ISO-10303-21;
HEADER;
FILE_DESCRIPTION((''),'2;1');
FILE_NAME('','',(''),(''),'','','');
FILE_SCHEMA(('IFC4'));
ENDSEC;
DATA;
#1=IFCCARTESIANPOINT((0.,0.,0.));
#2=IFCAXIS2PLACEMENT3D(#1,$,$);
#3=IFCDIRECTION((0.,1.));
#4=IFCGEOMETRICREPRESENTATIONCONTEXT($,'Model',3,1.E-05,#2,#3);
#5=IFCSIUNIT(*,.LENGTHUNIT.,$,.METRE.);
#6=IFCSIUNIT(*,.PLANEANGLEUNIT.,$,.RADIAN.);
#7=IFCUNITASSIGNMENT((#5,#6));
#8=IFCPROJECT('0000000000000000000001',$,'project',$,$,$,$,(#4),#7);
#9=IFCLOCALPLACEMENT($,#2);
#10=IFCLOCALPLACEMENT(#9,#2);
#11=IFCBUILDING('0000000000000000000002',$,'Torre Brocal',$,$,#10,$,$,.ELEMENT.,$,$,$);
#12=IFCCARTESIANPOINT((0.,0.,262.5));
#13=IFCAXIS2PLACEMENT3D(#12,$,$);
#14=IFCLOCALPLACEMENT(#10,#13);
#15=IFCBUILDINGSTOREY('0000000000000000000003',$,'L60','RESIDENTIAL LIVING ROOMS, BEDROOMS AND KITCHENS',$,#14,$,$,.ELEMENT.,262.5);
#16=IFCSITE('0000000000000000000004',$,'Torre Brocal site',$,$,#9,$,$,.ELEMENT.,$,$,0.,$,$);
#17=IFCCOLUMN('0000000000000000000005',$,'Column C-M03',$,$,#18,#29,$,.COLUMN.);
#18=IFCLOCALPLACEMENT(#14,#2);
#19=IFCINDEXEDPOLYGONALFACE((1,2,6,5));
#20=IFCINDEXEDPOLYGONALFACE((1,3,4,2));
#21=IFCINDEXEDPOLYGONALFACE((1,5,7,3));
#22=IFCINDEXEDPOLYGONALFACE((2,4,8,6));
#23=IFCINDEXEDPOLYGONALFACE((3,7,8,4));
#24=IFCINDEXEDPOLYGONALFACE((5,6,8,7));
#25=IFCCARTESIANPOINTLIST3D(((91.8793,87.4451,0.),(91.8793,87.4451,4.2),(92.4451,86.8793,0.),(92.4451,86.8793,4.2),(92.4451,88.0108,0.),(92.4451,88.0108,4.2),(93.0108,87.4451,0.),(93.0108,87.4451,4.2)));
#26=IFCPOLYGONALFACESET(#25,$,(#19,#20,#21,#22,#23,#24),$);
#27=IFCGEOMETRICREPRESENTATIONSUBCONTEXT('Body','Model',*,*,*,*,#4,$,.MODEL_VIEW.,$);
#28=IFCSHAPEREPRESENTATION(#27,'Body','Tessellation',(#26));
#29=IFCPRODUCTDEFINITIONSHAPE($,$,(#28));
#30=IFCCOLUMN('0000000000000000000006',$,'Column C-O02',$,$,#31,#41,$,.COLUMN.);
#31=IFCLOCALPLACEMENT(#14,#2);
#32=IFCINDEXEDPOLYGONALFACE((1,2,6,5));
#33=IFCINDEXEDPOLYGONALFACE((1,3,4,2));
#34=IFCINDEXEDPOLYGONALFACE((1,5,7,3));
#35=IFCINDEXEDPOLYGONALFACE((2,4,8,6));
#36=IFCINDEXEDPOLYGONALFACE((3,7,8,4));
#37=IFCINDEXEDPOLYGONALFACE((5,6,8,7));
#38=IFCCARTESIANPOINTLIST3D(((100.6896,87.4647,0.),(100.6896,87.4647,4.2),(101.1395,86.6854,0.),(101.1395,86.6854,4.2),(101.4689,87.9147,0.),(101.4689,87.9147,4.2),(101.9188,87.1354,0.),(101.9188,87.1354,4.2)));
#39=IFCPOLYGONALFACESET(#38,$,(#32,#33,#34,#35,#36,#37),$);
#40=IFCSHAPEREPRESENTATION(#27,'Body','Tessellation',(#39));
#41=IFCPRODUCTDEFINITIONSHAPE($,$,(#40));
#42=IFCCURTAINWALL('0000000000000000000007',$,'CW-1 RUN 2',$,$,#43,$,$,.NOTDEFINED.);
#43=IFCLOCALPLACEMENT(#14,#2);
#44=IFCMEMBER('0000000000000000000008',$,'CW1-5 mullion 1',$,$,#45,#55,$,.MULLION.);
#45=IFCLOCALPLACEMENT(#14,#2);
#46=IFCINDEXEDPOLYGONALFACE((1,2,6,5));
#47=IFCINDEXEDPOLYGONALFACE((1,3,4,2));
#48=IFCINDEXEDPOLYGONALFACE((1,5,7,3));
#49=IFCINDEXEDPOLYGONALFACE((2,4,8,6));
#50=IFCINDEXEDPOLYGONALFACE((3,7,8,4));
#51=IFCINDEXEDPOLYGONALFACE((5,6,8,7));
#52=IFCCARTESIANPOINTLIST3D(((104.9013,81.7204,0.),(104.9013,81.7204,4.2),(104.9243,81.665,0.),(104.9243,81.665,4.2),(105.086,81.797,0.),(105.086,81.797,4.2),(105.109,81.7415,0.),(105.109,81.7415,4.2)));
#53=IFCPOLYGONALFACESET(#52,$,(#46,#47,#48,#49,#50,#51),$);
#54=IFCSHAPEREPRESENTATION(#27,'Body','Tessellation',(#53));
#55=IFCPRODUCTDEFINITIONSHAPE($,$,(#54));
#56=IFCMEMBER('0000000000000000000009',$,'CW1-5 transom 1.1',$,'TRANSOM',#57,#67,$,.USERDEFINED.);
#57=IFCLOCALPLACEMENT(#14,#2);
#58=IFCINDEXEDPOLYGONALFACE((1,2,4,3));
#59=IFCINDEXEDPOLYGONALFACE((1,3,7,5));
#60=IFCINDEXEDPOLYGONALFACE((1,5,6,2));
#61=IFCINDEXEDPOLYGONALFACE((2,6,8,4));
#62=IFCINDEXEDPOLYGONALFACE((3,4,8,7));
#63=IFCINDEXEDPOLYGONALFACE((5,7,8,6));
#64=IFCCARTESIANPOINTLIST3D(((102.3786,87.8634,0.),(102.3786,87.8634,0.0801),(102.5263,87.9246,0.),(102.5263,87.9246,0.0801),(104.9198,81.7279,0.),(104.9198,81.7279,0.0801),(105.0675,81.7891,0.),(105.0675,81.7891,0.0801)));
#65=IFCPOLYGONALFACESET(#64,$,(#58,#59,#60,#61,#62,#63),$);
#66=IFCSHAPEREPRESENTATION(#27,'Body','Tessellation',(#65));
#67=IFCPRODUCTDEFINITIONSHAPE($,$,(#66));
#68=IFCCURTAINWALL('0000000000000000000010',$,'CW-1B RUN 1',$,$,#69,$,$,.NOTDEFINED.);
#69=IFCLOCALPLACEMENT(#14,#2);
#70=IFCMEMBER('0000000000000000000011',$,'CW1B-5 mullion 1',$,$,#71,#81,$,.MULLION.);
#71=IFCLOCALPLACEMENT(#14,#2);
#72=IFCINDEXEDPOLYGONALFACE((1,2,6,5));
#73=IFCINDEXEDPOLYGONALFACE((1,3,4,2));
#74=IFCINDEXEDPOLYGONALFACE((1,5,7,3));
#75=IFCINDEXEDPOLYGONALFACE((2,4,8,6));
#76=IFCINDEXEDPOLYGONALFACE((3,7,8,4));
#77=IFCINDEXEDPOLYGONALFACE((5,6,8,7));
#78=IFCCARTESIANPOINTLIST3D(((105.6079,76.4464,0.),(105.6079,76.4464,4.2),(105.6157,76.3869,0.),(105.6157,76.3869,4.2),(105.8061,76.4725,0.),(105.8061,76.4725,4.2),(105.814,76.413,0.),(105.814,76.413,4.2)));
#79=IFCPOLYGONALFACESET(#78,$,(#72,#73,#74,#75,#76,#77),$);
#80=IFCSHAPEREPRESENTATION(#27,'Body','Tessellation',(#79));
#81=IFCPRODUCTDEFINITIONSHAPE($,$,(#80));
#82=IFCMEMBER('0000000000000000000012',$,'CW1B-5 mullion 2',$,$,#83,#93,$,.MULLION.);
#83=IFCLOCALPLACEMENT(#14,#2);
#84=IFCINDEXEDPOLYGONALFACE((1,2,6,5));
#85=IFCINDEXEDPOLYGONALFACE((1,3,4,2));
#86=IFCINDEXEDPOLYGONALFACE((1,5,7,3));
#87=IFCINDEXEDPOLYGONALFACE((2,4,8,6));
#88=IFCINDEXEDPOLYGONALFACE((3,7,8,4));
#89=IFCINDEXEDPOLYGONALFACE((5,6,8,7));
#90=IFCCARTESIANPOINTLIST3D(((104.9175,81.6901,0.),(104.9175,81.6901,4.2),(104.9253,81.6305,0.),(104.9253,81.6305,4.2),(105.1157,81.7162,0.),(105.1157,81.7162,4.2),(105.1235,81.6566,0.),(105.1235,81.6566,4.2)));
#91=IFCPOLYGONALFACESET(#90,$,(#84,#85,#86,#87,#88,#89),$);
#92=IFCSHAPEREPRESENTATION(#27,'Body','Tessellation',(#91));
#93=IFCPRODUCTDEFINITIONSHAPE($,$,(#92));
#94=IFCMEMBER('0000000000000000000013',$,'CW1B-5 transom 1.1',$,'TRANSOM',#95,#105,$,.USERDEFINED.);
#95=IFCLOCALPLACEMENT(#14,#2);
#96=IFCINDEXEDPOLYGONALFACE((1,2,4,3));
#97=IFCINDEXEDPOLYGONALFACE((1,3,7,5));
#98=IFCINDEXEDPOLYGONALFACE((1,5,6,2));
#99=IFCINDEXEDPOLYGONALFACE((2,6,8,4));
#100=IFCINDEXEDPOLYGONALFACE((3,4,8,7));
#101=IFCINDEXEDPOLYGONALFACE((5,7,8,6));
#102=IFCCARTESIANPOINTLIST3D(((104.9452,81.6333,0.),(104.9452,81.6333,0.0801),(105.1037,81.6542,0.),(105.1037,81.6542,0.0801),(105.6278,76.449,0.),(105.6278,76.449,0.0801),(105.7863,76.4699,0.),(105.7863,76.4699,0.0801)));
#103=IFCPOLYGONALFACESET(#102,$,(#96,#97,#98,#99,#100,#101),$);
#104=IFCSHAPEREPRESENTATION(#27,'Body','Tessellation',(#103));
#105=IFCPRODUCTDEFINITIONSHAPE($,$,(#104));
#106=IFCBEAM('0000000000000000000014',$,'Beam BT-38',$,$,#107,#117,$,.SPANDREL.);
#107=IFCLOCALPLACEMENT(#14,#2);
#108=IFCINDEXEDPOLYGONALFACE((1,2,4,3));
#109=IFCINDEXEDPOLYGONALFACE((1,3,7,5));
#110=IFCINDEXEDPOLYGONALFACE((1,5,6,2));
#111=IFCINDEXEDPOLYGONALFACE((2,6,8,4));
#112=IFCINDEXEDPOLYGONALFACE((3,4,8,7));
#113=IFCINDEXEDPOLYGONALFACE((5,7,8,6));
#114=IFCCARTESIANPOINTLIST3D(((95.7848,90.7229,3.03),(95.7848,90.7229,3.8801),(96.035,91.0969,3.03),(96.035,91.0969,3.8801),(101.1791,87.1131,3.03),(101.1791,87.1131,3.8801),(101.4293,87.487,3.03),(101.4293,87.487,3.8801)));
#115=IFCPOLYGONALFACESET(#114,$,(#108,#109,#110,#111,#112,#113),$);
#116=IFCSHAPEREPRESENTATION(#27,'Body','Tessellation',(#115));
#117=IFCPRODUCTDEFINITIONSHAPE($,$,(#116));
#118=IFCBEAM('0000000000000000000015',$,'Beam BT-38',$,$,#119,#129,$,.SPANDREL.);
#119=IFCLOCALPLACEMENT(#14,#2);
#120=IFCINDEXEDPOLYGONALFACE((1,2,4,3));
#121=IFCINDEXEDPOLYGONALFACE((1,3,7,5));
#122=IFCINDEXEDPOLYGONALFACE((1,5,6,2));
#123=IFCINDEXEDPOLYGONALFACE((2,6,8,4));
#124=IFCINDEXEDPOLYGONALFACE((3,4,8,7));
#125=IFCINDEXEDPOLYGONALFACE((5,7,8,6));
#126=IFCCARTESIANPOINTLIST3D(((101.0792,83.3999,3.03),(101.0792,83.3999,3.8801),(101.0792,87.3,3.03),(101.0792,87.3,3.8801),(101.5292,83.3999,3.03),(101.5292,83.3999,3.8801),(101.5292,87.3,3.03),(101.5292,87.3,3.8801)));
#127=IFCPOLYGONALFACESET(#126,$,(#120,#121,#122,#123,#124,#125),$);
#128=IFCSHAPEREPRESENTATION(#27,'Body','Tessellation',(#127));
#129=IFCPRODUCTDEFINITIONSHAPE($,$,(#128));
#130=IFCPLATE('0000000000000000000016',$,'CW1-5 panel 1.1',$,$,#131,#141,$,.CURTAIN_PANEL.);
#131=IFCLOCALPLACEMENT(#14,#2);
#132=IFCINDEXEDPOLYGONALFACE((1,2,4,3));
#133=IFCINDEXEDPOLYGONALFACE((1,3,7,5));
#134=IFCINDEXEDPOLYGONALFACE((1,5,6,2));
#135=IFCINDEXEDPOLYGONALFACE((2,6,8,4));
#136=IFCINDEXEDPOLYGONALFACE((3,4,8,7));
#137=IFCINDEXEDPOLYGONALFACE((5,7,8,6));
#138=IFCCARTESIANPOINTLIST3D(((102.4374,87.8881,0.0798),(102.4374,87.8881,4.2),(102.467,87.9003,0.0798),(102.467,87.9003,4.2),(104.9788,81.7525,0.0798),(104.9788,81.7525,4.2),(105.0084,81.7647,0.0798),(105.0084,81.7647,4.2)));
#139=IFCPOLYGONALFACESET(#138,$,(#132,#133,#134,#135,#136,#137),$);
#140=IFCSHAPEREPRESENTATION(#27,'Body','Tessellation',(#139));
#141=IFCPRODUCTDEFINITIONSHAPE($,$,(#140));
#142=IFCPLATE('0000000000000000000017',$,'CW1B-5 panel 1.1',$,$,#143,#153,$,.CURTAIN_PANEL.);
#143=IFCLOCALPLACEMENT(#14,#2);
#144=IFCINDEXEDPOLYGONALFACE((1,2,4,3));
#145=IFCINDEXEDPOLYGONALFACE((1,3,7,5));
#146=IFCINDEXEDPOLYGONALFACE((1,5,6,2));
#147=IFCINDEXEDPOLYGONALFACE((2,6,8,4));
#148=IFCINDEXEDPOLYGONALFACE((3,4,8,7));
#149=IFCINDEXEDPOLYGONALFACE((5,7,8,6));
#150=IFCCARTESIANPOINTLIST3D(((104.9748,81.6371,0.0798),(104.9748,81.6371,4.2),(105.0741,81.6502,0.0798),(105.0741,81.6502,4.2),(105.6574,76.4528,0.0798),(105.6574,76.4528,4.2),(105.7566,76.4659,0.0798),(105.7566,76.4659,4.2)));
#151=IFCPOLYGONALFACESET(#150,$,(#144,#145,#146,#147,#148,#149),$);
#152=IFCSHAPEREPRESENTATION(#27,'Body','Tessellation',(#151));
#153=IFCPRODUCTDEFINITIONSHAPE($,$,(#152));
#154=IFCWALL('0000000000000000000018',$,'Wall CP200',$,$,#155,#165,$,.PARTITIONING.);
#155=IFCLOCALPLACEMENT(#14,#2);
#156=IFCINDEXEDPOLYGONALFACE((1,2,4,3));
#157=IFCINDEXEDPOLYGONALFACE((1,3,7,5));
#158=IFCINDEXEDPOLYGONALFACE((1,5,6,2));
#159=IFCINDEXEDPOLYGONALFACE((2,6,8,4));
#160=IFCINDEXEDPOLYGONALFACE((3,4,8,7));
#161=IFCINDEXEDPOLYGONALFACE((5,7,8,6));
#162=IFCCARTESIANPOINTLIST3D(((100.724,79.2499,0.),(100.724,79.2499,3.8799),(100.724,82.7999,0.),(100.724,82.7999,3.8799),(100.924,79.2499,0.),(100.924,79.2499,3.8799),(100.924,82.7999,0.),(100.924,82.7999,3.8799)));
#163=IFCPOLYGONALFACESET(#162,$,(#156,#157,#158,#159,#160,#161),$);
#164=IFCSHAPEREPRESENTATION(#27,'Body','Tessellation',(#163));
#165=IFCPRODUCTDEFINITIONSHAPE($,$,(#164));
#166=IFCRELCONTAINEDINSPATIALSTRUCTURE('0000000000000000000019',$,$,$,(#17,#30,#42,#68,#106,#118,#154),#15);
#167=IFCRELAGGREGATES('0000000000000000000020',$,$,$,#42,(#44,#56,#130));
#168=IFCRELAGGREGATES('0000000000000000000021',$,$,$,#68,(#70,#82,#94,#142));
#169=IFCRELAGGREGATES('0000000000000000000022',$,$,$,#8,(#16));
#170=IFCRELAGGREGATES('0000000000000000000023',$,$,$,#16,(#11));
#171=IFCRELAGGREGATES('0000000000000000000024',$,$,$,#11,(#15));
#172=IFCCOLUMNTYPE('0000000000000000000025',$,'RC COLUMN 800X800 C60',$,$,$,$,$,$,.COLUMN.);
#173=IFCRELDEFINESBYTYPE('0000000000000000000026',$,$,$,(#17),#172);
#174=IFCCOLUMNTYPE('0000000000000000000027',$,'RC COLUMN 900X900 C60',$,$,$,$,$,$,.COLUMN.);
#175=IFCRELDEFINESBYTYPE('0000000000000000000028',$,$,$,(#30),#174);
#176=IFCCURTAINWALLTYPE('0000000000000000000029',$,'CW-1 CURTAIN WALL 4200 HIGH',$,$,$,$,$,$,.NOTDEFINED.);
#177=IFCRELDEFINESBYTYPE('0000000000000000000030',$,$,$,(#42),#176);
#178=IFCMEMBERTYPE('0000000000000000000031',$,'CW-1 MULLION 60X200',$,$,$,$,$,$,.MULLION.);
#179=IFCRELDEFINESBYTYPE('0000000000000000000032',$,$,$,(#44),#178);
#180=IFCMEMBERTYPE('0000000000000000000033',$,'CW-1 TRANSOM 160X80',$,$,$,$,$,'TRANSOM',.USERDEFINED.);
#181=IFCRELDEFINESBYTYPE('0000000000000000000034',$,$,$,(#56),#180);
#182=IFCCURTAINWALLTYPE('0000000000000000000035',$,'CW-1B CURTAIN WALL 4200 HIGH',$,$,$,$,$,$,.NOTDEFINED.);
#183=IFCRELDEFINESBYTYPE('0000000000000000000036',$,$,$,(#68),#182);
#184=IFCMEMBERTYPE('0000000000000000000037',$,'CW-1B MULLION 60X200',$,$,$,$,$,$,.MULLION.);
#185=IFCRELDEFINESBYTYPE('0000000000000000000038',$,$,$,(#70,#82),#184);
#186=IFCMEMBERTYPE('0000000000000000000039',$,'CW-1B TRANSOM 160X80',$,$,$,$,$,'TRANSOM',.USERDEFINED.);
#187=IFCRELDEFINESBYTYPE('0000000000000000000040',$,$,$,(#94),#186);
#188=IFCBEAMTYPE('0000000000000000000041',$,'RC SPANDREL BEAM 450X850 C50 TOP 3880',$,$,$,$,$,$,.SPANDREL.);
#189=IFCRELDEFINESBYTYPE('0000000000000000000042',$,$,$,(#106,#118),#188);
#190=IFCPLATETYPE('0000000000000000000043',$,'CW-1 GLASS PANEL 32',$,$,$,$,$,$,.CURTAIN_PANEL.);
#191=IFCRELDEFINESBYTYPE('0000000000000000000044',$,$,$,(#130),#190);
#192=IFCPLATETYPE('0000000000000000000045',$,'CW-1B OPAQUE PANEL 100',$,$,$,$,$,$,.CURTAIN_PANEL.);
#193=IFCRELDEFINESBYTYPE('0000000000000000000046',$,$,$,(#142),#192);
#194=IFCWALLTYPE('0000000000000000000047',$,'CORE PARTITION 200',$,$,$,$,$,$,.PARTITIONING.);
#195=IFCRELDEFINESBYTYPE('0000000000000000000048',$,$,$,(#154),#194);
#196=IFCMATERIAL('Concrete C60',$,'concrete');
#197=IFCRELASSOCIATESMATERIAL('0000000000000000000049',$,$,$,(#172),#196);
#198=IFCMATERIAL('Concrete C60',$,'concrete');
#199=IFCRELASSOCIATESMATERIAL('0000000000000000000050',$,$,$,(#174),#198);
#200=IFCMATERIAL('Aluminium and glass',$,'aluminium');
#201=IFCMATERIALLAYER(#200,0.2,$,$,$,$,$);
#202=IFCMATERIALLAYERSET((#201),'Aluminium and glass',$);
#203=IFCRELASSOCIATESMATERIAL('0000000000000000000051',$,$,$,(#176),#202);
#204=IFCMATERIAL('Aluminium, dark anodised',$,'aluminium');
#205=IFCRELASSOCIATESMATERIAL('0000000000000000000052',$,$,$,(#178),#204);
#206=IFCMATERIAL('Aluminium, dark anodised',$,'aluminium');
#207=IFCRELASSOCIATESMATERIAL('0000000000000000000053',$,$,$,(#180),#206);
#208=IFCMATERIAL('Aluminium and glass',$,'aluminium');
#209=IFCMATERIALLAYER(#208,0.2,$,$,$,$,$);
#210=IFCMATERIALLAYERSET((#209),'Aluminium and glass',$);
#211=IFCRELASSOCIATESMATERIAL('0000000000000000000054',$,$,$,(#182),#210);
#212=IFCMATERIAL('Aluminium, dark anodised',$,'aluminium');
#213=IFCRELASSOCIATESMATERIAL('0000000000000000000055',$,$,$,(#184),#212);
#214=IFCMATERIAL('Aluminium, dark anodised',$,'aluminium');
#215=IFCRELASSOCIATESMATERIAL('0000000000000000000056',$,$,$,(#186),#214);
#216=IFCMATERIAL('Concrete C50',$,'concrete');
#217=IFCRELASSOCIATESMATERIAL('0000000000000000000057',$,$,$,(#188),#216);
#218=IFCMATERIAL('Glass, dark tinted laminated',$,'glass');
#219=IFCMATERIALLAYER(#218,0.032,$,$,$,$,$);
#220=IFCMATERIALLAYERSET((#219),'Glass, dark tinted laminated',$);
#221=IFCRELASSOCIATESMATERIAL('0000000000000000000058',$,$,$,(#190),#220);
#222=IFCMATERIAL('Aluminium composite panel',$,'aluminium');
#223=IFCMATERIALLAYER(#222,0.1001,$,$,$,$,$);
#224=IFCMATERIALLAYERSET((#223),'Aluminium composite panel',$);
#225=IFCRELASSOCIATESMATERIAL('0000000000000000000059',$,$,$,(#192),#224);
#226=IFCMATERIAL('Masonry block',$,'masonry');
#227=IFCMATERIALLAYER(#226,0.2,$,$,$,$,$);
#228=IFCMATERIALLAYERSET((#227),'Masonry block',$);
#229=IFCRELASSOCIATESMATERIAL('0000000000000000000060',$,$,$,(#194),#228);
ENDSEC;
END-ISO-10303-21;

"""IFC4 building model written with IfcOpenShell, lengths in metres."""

from ifc_helpers import new_model, si_unit, direction, frame, frame_2d, origin, origin_2d, place, context, subcontext, project, spatial, rectangle, extrude, material, layer, layer_set, material_profile, profile_set, type_object, element, aggregate, save


model = new_model("IFC4")

# Units and contexts
model_context = context("Model", 3, precision=1e-05, world=origin(), true_north=direction((0.0, 1.0)))
body_context = subcontext(model_context, "Body", "Model", "MODEL_VIEW")
ifc_project = project(units=[si_unit("LENGTHUNIT", "METRE"), si_unit("PLANEANGLEUNIT", "RADIAN")], contexts=[model_context])

# Site, building, storey
site_placement = place(None, origin())
site = spatial("IfcSite", under=ifc_project, at=site_placement, Name="Torre Brocal site", CompositionType="ELEMENT", RefElevation=0.0)
building_placement = place(site_placement, origin())
building = spatial("IfcBuilding", under=site, at=building_placement, Name="Torre Brocal", CompositionType="ELEMENT")
storey_placement = place(building_placement, frame((0.0, 0.0, 262.5)))
storey = spatial("IfcBuildingStorey", under=building, at=storey_placement, Name="L60", Description="RESIDENTIAL LIVING ROOMS, BEDROOMS AND KITCHENS", CompositionType="ELEMENT", Elevation=262.5)

# Columns
ifc_material_1 = material(Name="Concrete C60", Category="concrete")
ifc_material_profile_1 = material_profile(ifc_material_1, rectangle(XDim=0.8, YDim=0.8, at=origin_2d()), Name="RC 800X800")
ifc_profile_set_1 = profile_set([ifc_material_profile_1], Name="Concrete C60")
column_type_1 = type_object("IfcColumnType", Name="RC COLUMN 800X800 C60", PredefinedType="COLUMN", material=ifc_profile_set_1)
column_1_placement = place(storey_placement, frame((92.4451, 87.4451, 0.0), z_axis=(0.0, 0.0, 1.0), x_axis=(0.707107, 0.707107, 0.0)))
element("IfcColumn", 1, at=column_1_placement, inside=storey, type_object=column_type_1, Name="Column C-M03", PredefinedType="COLUMN", context=body_context, shape_type="SweptSolid", body=[
    extrude(rectangle(XDim=0.8, YDim=0.8, at=origin_2d()), origin(), (0.0, 0.0, 1.0), 4.2),
])
ifc_material_2 = material(Name="Concrete C60", Category="concrete")
ifc_material_profile_2 = material_profile(ifc_material_2, rectangle(XDim=0.8999, YDim=0.8999, at=origin_2d()), Name="RC 900X900")
ifc_profile_set_2 = profile_set([ifc_material_profile_2], Name="Concrete C60")
column_type_2 = type_object("IfcColumnType", Name="RC COLUMN 900X900 C60", PredefinedType="COLUMN", material=ifc_profile_set_2)
column_2_placement = place(storey_placement, frame((101.3042, 87.3, 0.0), z_axis=(0.0, 0.0, 1.0), x_axis=(0.866025, 0.5, 0.0)))
element("IfcColumn", 2, at=column_2_placement, inside=storey, type_object=column_type_2, Name="Column C-O02", PredefinedType="COLUMN", context=body_context, shape_type="SweptSolid", body=[
    extrude(rectangle(XDim=0.8999, YDim=0.8999, at=origin_2d()), origin(), (0.0, 0.0, 1.0), 4.2),
])

# Curtain walls, members
ifc_material_3 = material(Name="Aluminium and glass", Category="aluminium")
ifc_layer_1 = layer(ifc_material_3, 0.2)
ifc_layer_set_1 = layer_set([ifc_layer_1], Name="Aluminium and glass")
curtain_wall_type_1 = type_object("IfcCurtainWallType", Name="CW-1 CURTAIN WALL 4200 HIGH", PredefinedType="NOTDEFINED", material=ifc_layer_set_1)
curtain_wall_1_placement = place(storey_placement, origin())
curtain_wall_1 = element("IfcCurtainWall", 3, at=curtain_wall_1_placement, inside=storey, type_object=curtain_wall_type_1, Name="CW-1 RUN 2", PredefinedType="NOTDEFINED")
ifc_material_4 = material(Name="Aluminium, dark anodised", Category="aluminium")
ifc_material_profile_3 = material_profile(ifc_material_4, rectangle(XDim=0.2, YDim=0.0601, at=origin_2d()), Name="CW-1 MULLION 60X200")
ifc_profile_set_3 = profile_set([ifc_material_profile_3], Name="Aluminium, dark anodised")
member_type_1 = type_object("IfcMemberType", Name="CW-1 MULLION 60X200", PredefinedType="MULLION", material=ifc_profile_set_3)
member_1_placement = place(storey_placement, frame((105.0051, 81.731, 0.0), z_axis=(0.0, 0.0, 1.0), x_axis=(-0.92388, -0.382683, 0.0)))
member_1 = element("IfcMember", 4, at=member_1_placement, type_object=member_type_1, Name="CW1-5 mullion 1", PredefinedType="MULLION", context=body_context, shape_type="SweptSolid", body=[
    extrude(rectangle(XDim=0.2, YDim=0.0601, at=origin_2d()), origin(), (0.0, 0.0, 1.0), 4.2),
])
ifc_material_5 = material(Name="Aluminium, dark anodised", Category="aluminium")
ifc_material_profile_4 = material_profile(ifc_material_5, rectangle(XDim=0.1599, YDim=0.0801, at=origin_2d()), Name="CW-1 TRANSOM 160X80")
ifc_profile_set_4 = profile_set([ifc_material_profile_4], Name="Aluminium, dark anodised")
member_type_2 = type_object("IfcMemberType", Name="CW-1 TRANSOM 160X80", ElementType="TRANSOM", PredefinedType="USERDEFINED", material=ifc_profile_set_4)
member_2_placement = place(storey_placement, frame((104.9937, 81.7585, 0.04), z_axis=(-0.382665, 0.923887, 0.0), x_axis=(-0.923887, -0.382665, 0.0)))
member_2 = element("IfcMember", 5, at=member_2_placement, type_object=member_type_2, Name="CW1-5 transom 1.1", ObjectType="TRANSOM", PredefinedType="USERDEFINED", context=body_context, shape_type="SweptSolid", body=[
    extrude(rectangle(XDim=0.1599, YDim=0.0801, at=origin_2d()), origin(), (0.0, 0.0, 1.0), 6.6409),
])
ifc_material_6 = material(Name="Aluminium and glass", Category="aluminium")
ifc_layer_2 = layer(ifc_material_6, 0.2)
ifc_layer_set_2 = layer_set([ifc_layer_2], Name="Aluminium and glass")
curtain_wall_type_2 = type_object("IfcCurtainWallType", Name="CW-1B CURTAIN WALL 4200 HIGH", PredefinedType="NOTDEFINED", material=ifc_layer_set_2)
curtain_wall_2_placement = place(storey_placement, origin())
curtain_wall_2 = element("IfcCurtainWall", 6, at=curtain_wall_2_placement, inside=storey, type_object=curtain_wall_type_2, Name="CW-1B RUN 1", PredefinedType="NOTDEFINED")
ifc_material_7 = material(Name="Aluminium, dark anodised", Category="aluminium")
ifc_material_profile_5 = material_profile(ifc_material_7, rectangle(XDim=0.2, YDim=0.0601, at=origin_2d()), Name="CW-1B MULLION 60X200")
ifc_profile_set_5 = profile_set([ifc_material_profile_5], Name="Aluminium, dark anodised")
member_type_3 = type_object("IfcMemberType", Name="CW-1B MULLION 60X200", PredefinedType="MULLION", material=ifc_profile_set_5)
member_3_placement = place(storey_placement, frame((105.7109, 76.4297, 0.0), z_axis=(0.0, 0.0, 1.0), x_axis=(-0.991445, -0.130526, 0.0)))
member_3 = element("IfcMember", 7, at=member_3_placement, type_object=member_type_3, Name="CW1B-5 mullion 1", PredefinedType="MULLION", context=body_context, shape_type="SweptSolid", body=[
    extrude(rectangle(XDim=0.2, YDim=0.0601, at=origin_2d()), origin(), (0.0, 0.0, 1.0), 4.2),
])
member_4_placement = place(storey_placement, frame((105.0205, 81.6733, 0.0), z_axis=(0.0, 0.0, 1.0), x_axis=(-0.991445, -0.130526, 0.0)))
member_4 = element("IfcMember", 8, at=member_4_placement, type_object=member_type_3, Name="CW1B-5 mullion 2", PredefinedType="MULLION", context=body_context, shape_type="SweptSolid", body=[
    extrude(rectangle(XDim=0.2, YDim=0.0601, at=origin_2d()), origin(), (0.0, 0.0, 1.0), 4.2),
])
ifc_material_8 = material(Name="Aluminium, dark anodised", Category="aluminium")
ifc_material_profile_6 = material_profile(ifc_material_8, rectangle(XDim=0.1599, YDim=0.0801, at=origin_2d()), Name="CW-1B TRANSOM 160X80")
ifc_profile_set_6 = profile_set([ifc_material_profile_6], Name="Aluminium, dark anodised")
member_type_4 = type_object("IfcMemberType", Name="CW-1B TRANSOM 160X80", ElementType="TRANSOM", PredefinedType="USERDEFINED", material=ifc_profile_set_6)
member_5_placement = place(storey_placement, frame((105.707, 76.4595, 0.04), z_axis=(-0.130543, 0.991443, 0.0), x_axis=(-0.991443, -0.130543, 0.0)))
member_5 = element("IfcMember", 9, at=member_5_placement, type_object=member_type_4, Name="CW1B-5 transom 1.1", ObjectType="TRANSOM", PredefinedType="USERDEFINED", context=body_context, shape_type="SweptSolid", body=[
    extrude(rectangle(XDim=0.1599, YDim=0.0801, at=origin_2d()), origin(), (0.0, 0.0, 1.0), 5.229),
])

# Beams
ifc_material_9 = material(Name="Concrete C50", Category="concrete")
ifc_material_profile_7 = material_profile(ifc_material_9, rectangle(XDim=0.45, YDim=0.8501, at=origin_2d()), Name="RC 450X850")
ifc_profile_set_7 = profile_set([ifc_material_profile_7], Name="Concrete C50")
beam_type = type_object("IfcBeamType", Name="RC SPANDREL BEAM 450X850 C50 TOP 3880", PredefinedType="SPANDREL", material=ifc_profile_set_7)
beam_1_placement = place(storey_placement, frame((101.3042, 87.3, 3.4551), z_axis=(-0.831077, 0.556158, 0.0), x_axis=(-0.556158, -0.831077, 0.0)))
element("IfcBeam", 10, at=beam_1_placement, inside=storey, type_object=beam_type, Name="Beam BT-38", PredefinedType="SPANDREL", context=body_context, shape_type="SweptSolid", body=[
    extrude(rectangle(XDim=0.45, YDim=0.8501, at=origin_2d()), origin(), (0.0, 0.0, 1.0), 6.4907),
])
beam_2_placement = place(storey_placement, frame((101.3042, 87.3, 3.4551), z_axis=(0.0, -1.0, 0.0), x_axis=(1.0, 0.0, 0.0)))
element("IfcBeam", 11, at=beam_2_placement, inside=storey, type_object=beam_type, Name="Beam BT-38", PredefinedType="SPANDREL", context=body_context, shape_type="SweptSolid", body=[
    extrude(rectangle(XDim=0.45, YDim=0.8501, at=origin_2d()), origin(), (0.0, 0.0, 1.0), 3.9001),
])

# Plates
ifc_material_10 = material(Name="Glass, dark tinted laminated", Category="glass")
ifc_layer_3 = layer(ifc_material_10, 0.032)
ifc_layer_set_3 = layer_set([ifc_layer_3], Name="Glass, dark tinted laminated")
plate_type_1 = type_object("IfcPlateType", Name="CW-1 GLASS PANEL 32", PredefinedType="CURTAIN_PANEL", material=ifc_layer_set_3)
plate_1_placement = place(storey_placement, frame((103.7229, 84.8264, 0.0798), z_axis=(0.0, 0.0, 1.0), x_axis=(-0.382683, 0.92388, 0.0)))
plate_1 = element("IfcPlate", 12, at=plate_1_placement, type_object=plate_type_1, Name="CW1-5 panel 1.1", PredefinedType="CURTAIN_PANEL", context=body_context, shape_type="SweptSolid", body=[
    extrude(rectangle(XDim=6.6411, YDim=0.032, at=origin_2d()), origin(), (0.0, 0.0, 1.0), 4.1201),
])
aggregate(curtain_wall_1, [member_1, member_2, plate_1])
ifc_material_11 = material(Name="Aluminium composite panel", Category="aluminium")
ifc_layer_4 = layer(ifc_material_11, 0.1001)
ifc_layer_set_4 = layer_set([ifc_layer_4], Name="Aluminium composite panel")
plate_type_2 = type_object("IfcPlateType", Name="CW-1B OPAQUE PANEL 100", PredefinedType="CURTAIN_PANEL", material=ifc_layer_set_4)
plate_2_placement = place(storey_placement, frame((105.3657, 79.0515, 0.0798), z_axis=(0.0, 0.0, 1.0), x_axis=(-0.130526, 0.991445, 0.0)))
plate_2 = element("IfcPlate", 13, at=plate_2_placement, type_object=plate_type_2, Name="CW1B-5 panel 1.1", PredefinedType="CURTAIN_PANEL", context=body_context, shape_type="SweptSolid", body=[
    extrude(rectangle(XDim=5.229, YDim=0.1001, at=origin_2d()), origin(), (0.0, 0.0, 1.0), 4.1201),
])
aggregate(curtain_wall_2, [member_3, member_4, member_5, plate_2])

# Wall
ifc_material_12 = material(Name="Masonry block", Category="masonry")
ifc_layer_5 = layer(ifc_material_12, 0.2)
ifc_layer_set_5 = layer_set([ifc_layer_5], Name="Masonry block")
wall_type_1 = type_object("IfcWallType", Name="CORE PARTITION 200", PredefinedType="PARTITIONING", material=ifc_layer_set_5)
wall_1_placement = place(storey_placement, frame((100.824, 79.25, 0.0), z_axis=(0.0, 0.0, 1.0), x_axis=(0.0, 1.0, 0.0)))
element("IfcWall", 14, at=wall_1_placement, inside=storey, type_object=wall_type_1, Name="Wall CP200", PredefinedType="PARTITIONING", context=body_context, shape_type="SweptSolid", body=[
    extrude(rectangle(XDim=3.55, YDim=0.2, at=frame_2d((1.7749, 0.0))), origin(), (0.0, 0.0, 1.0), 3.8799),
])

save(model, "model.ifc")
